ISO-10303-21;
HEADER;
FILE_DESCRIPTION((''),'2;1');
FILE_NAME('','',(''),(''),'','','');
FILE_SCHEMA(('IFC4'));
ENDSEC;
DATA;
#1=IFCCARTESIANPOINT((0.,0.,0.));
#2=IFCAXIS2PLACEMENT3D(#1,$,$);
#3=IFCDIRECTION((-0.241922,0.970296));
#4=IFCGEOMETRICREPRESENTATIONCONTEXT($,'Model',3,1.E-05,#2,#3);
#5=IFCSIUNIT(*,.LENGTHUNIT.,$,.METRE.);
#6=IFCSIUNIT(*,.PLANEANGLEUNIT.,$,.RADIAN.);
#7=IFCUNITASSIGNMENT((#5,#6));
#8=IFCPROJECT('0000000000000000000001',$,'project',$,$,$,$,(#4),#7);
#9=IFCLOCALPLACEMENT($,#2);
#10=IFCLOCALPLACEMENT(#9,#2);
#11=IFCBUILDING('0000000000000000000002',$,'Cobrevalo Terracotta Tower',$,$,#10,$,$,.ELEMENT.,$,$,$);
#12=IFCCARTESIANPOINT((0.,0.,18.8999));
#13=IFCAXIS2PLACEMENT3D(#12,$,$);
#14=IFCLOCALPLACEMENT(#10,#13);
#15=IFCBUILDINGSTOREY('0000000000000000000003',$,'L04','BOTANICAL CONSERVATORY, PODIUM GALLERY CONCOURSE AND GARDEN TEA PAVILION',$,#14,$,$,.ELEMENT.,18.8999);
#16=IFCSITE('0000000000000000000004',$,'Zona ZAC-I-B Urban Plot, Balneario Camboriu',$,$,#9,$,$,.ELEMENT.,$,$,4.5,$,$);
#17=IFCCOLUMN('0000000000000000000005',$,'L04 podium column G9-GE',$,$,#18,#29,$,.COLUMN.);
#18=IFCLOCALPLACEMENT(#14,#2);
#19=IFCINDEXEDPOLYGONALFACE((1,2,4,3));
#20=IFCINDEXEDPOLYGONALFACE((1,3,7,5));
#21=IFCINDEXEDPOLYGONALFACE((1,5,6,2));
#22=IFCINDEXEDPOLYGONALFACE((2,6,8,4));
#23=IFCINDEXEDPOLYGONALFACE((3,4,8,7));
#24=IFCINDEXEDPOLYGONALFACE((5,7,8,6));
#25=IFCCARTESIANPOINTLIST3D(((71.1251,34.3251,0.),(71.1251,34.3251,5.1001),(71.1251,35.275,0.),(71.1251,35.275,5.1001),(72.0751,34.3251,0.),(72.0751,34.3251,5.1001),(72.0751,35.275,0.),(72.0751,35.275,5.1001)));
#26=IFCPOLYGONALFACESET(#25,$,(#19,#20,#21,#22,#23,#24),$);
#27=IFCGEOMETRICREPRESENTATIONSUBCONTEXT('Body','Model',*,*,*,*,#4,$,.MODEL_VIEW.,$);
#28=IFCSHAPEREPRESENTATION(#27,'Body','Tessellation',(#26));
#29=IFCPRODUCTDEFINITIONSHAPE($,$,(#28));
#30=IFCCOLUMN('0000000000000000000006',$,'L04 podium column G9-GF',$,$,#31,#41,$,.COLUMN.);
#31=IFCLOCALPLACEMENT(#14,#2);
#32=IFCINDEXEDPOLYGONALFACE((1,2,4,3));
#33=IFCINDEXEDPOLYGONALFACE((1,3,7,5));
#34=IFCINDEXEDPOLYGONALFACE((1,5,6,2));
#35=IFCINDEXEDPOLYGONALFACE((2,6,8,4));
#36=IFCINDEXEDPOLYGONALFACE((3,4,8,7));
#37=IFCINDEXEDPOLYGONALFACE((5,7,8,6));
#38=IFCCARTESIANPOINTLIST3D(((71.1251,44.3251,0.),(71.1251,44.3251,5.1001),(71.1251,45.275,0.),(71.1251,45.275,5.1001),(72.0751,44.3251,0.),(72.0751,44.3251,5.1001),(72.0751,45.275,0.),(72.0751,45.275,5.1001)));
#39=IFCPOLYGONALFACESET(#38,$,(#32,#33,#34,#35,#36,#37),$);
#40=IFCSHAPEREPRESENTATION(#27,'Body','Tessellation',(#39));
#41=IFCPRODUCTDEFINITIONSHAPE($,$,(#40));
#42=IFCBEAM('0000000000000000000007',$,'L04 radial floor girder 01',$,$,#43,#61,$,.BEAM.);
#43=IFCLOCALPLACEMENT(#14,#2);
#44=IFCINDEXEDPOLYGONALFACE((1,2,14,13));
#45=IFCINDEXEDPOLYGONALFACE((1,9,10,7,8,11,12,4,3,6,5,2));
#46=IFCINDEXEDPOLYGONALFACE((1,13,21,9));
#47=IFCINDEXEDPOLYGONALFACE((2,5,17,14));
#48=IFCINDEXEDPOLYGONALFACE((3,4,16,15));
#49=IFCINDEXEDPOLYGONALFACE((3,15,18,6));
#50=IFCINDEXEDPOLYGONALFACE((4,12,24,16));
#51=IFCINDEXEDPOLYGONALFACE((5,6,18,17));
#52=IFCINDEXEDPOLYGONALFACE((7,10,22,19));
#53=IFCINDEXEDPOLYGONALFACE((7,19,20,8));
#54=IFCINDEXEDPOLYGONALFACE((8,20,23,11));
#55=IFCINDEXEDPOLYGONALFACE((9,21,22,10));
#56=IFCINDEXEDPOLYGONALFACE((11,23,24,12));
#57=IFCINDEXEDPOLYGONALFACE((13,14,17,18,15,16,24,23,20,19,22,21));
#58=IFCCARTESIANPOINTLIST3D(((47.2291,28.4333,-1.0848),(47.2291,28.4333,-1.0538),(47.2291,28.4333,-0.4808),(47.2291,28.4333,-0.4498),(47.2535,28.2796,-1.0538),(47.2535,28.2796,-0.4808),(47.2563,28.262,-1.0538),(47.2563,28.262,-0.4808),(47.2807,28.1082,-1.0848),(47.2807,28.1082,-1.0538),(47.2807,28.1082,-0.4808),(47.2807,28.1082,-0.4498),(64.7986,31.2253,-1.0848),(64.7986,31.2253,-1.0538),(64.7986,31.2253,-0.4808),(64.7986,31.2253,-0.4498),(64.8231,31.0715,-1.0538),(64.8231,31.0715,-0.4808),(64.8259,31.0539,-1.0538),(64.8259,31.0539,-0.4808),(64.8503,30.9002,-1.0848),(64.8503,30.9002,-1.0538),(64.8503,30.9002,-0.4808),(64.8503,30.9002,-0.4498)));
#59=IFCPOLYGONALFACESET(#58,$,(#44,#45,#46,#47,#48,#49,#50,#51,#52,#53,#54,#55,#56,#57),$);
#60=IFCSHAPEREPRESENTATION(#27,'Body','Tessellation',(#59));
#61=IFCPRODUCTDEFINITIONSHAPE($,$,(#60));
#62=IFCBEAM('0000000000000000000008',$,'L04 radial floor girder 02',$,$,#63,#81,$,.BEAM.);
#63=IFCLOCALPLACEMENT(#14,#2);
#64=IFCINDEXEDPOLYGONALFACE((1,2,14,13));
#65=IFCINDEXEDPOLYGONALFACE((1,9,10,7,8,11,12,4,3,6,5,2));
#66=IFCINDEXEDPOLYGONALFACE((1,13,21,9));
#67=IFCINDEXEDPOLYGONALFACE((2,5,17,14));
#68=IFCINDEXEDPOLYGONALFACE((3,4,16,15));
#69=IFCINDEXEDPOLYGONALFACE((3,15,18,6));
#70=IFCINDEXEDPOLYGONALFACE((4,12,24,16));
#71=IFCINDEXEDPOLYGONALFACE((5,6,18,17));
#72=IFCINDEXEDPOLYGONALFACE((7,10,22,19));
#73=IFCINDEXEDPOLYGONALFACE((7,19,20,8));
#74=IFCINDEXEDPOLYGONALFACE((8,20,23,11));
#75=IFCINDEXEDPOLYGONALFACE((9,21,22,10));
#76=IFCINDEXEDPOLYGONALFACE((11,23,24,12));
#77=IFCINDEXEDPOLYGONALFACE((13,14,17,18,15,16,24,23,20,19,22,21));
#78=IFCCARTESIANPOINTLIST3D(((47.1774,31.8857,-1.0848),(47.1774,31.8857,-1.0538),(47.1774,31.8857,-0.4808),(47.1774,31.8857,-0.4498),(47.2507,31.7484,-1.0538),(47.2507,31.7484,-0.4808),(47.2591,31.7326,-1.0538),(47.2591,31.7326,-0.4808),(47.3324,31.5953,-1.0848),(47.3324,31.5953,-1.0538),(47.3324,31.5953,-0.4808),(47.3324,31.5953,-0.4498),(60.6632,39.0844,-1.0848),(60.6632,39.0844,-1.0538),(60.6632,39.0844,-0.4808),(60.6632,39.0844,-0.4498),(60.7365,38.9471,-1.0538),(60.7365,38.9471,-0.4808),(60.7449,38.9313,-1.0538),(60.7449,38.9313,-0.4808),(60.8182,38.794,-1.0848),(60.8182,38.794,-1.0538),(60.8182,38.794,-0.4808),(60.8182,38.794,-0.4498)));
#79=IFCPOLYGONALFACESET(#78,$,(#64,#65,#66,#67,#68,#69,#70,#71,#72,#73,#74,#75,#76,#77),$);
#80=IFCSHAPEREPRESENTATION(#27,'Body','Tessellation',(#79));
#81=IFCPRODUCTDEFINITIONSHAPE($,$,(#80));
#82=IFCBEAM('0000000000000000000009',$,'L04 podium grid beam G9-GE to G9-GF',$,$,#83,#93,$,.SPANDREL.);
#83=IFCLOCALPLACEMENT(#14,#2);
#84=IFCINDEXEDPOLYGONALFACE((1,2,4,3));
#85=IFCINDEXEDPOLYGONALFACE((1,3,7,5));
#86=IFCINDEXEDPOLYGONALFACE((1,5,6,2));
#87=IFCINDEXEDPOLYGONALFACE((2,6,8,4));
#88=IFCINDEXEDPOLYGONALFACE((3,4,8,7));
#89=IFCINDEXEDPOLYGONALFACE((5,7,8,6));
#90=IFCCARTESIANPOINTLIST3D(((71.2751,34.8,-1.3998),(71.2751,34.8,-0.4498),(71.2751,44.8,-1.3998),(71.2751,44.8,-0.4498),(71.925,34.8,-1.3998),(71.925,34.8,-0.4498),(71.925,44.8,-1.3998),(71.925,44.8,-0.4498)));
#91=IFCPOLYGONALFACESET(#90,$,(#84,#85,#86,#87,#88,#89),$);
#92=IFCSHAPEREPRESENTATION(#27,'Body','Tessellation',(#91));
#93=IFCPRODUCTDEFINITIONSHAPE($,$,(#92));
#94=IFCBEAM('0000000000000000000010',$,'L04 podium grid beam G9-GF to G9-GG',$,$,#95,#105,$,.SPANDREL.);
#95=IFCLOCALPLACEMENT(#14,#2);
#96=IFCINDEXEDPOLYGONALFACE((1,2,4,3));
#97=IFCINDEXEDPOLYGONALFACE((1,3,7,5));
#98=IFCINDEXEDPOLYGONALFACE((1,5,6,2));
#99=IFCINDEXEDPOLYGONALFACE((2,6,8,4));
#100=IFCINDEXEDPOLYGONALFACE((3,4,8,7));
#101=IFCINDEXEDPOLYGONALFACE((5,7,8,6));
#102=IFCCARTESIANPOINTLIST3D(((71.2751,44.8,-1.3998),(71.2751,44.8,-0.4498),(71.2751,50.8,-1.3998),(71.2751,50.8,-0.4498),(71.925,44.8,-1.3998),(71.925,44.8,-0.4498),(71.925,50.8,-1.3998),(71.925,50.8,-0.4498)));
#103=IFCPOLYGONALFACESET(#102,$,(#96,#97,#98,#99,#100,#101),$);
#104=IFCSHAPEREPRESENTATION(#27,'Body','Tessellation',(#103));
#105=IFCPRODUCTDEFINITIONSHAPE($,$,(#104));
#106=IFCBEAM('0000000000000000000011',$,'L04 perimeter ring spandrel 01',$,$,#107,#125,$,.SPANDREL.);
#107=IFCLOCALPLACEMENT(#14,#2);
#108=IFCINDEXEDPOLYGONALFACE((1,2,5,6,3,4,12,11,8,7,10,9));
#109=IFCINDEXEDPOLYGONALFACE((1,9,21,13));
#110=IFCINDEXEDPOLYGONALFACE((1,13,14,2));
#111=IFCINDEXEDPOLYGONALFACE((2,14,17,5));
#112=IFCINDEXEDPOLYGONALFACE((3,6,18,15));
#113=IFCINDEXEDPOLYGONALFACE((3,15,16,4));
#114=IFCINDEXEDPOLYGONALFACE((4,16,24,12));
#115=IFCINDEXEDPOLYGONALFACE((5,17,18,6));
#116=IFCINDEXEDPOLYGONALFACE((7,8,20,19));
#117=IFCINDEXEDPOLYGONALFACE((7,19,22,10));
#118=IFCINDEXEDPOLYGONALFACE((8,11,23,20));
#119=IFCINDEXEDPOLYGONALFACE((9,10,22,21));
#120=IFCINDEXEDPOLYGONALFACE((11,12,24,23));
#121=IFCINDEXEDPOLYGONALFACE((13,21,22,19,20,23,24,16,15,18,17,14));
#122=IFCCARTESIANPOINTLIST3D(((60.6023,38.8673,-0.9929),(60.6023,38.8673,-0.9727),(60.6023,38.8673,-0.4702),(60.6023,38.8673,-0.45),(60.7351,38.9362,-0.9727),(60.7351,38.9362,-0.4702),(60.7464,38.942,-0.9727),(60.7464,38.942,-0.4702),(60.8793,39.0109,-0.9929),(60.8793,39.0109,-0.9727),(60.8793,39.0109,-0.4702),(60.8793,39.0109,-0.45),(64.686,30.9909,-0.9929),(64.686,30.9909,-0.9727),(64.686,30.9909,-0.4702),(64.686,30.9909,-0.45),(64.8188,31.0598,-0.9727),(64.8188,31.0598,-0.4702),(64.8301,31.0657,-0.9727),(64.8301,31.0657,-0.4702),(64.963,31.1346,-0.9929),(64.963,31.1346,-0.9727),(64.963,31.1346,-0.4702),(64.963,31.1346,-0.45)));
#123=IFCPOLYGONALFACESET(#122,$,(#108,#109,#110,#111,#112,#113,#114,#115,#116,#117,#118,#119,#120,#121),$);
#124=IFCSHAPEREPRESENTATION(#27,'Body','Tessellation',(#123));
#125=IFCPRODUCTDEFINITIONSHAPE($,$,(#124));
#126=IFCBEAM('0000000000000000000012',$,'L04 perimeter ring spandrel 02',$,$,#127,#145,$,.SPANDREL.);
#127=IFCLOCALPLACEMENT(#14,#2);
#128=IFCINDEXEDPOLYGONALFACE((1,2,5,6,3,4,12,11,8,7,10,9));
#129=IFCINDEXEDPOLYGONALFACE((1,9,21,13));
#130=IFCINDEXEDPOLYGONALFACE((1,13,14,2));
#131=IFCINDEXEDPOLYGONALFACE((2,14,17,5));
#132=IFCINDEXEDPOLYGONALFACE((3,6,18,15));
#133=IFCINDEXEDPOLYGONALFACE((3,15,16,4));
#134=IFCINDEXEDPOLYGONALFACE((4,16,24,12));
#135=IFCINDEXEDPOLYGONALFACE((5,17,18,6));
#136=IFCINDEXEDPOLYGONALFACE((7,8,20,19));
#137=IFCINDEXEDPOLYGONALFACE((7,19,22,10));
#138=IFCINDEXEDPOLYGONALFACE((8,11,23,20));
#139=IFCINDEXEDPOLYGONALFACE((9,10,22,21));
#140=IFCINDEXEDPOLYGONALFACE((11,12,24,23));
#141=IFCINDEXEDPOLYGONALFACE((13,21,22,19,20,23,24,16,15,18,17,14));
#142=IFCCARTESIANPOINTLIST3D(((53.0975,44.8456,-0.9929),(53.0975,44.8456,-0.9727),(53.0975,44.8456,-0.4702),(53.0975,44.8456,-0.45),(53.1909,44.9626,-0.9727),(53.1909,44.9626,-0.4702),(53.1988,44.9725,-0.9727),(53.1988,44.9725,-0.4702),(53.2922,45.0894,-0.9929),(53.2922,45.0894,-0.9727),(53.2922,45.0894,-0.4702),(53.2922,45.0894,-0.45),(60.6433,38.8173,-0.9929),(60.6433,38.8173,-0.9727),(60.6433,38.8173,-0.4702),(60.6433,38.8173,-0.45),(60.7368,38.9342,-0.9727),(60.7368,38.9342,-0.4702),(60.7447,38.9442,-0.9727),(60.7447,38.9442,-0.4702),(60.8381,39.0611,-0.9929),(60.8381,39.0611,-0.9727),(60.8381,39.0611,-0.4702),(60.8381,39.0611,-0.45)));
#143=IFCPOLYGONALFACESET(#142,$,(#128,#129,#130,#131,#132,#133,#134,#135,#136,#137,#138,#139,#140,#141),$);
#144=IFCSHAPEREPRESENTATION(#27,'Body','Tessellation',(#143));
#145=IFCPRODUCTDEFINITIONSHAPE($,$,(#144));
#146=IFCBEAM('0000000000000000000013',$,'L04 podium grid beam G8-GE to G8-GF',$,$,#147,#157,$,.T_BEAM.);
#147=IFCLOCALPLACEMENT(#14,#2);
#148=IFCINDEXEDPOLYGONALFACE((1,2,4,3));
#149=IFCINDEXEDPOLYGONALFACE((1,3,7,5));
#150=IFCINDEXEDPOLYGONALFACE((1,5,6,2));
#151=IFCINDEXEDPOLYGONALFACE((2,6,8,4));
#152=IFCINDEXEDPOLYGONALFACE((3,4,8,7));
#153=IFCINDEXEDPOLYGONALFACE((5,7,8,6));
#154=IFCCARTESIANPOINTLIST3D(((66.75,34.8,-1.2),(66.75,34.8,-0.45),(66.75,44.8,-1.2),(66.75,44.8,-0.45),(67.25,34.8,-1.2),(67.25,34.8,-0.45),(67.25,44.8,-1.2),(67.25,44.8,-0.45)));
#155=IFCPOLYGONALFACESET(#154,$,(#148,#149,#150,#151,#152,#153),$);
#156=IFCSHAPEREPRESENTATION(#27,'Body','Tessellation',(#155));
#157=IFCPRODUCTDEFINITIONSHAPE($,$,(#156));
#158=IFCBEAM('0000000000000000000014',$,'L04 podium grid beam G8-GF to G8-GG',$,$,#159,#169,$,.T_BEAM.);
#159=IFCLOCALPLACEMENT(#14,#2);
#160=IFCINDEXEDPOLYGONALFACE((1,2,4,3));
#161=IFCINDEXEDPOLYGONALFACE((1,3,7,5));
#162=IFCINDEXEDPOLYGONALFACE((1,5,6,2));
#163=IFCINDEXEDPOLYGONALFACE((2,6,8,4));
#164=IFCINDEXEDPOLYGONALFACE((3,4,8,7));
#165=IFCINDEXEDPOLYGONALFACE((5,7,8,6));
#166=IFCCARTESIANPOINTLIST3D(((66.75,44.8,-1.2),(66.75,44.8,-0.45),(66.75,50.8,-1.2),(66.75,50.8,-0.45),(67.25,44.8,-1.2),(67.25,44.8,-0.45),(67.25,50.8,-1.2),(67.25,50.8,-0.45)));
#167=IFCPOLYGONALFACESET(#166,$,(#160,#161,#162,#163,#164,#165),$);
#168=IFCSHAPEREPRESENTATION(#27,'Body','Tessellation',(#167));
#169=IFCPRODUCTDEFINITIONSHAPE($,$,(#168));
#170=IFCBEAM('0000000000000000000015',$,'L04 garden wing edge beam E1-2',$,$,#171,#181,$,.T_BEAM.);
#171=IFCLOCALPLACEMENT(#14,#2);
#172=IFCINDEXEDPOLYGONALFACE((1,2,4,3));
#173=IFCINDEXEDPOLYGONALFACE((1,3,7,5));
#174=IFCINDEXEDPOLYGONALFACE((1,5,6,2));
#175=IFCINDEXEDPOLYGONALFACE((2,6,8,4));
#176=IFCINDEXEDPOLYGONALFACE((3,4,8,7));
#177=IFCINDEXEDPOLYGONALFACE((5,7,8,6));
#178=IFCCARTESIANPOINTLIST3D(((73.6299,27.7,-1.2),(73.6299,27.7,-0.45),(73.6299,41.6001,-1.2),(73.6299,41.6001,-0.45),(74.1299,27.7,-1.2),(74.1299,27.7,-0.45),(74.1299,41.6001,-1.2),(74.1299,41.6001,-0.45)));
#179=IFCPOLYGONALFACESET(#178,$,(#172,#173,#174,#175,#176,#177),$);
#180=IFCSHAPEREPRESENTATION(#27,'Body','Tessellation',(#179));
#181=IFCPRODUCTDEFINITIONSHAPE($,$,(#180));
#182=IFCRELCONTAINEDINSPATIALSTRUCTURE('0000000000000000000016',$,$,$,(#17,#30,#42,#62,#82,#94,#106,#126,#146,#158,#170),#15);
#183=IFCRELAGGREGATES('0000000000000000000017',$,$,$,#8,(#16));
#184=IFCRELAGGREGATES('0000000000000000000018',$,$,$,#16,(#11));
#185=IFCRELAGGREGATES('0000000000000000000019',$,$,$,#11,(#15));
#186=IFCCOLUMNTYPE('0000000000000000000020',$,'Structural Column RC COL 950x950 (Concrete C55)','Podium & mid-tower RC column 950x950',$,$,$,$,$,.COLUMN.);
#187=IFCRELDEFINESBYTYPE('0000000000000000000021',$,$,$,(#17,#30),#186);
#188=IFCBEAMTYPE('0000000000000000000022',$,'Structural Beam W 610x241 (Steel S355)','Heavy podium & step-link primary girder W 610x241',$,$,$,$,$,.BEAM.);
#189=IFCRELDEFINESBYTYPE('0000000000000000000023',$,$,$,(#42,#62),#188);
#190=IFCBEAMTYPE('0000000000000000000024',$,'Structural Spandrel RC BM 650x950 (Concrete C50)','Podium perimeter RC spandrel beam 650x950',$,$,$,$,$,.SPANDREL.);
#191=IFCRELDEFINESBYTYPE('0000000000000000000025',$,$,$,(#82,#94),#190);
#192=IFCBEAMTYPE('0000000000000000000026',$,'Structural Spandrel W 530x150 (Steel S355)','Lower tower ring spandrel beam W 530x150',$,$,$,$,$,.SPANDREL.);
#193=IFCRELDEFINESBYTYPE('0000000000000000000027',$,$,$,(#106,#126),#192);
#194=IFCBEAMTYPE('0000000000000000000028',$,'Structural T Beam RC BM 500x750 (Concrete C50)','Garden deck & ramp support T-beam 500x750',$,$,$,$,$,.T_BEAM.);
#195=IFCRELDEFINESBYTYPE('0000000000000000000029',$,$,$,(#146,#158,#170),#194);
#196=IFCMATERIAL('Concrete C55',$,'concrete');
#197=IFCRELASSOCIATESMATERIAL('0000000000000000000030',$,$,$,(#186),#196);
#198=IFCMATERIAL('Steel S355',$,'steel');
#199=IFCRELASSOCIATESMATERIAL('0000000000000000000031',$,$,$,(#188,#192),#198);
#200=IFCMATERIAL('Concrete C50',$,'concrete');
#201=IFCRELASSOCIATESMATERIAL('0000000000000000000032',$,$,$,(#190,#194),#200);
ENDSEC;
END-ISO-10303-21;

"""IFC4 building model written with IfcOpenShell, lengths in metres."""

from ifc_helpers import new_model, si_unit, direction, frame, origin, origin_2d, place, context, subcontext, project, spatial, rectangle, i_section, extrude, material, material_profile, profile_set, type_object, element, save


model = new_model("IFC4")

# Units and contexts
model_context = context("Model", 3, precision=1e-05, world=origin(), true_north=direction((-0.241922, 0.970296)))
body_context = subcontext(model_context, "Body", "Model", "MODEL_VIEW")
ifc_project = project(units=[si_unit("LENGTHUNIT", "METRE"), si_unit("PLANEANGLEUNIT", "RADIAN")], contexts=[model_context])

# Site, building, storey
site_placement = place(None, origin())
site = spatial("IfcSite", under=ifc_project, at=site_placement, Name="Zona ZAC-I-B Urban Plot, Balneario Camboriu", CompositionType="ELEMENT", RefElevation=4.5)
building_placement = place(site_placement, origin())
building = spatial("IfcBuilding", under=site, at=building_placement, Name="Cobrevalo Terracotta Tower", CompositionType="ELEMENT")
storey_placement = place(building_placement, frame((0.0, 0.0, 18.8999)))
storey = spatial("IfcBuildingStorey", under=building, at=storey_placement, Name="L04", Description="BOTANICAL CONSERVATORY, PODIUM GALLERY CONCOURSE AND GARDEN TEA PAVILION", CompositionType="ELEMENT", Elevation=18.8999)

# Columns
ifc_material_1 = material(Name="Steel S355", Category="steel")
ifc_material_2 = material(Name="Concrete C50", Category="concrete")
ifc_material_3 = material(Name="Concrete C55", Category="concrete")
ifc_material_profile_1 = material_profile(ifc_material_3, rectangle(XDim=0.95, YDim=0.95, at=origin_2d()), Name="RC COL 950x950")
ifc_profile_set_1 = profile_set([ifc_material_profile_1], Name="Concrete C55")
column_type_1 = type_object("IfcColumnType", Name="Structural Column RC COL 950x950 (Concrete C55)", Description="Podium & mid-tower RC column 950x950", PredefinedType="COLUMN", material=ifc_profile_set_1)
for number, where, z_axis, x_axis, name in (
    (1, (71.6001, 34.8, 0.0), (0.0, 0.0, 1.0), (1.0, 0.0, 0.0), "L04 podium column G9-GE"),
    (2, (71.6001, 44.8, 0.0), (0.0, 0.0, 1.0), (1.0, 0.0, 0.0), "L04 podium column G9-GF"),
):
    element("IfcColumn", number, at=place(storey_placement, frame(where, z_axis=z_axis, x_axis=x_axis)), inside=storey, type_object=column_type_1, Name=name, PredefinedType="COLUMN", context=body_context, shape_type="SweptSolid", body=[
        extrude(rectangle(XDim=0.95, YDim=0.95, at=origin_2d()), origin(), (0.0, 0.0, 1.0), 5.1001),
    ])

# Beams
ifc_material_profile_2 = material_profile(ifc_material_1, i_section(OverallWidth=0.3291, OverallDepth=0.635, WebThickness=0.0178, FlangeThickness=0.031, at=origin_2d()), Name="W 610x241")
ifc_profile_set_2 = profile_set([ifc_material_profile_2], Name="Steel S355")
beam_type_1 = type_object("IfcBeamType", Name="Structural Beam W 610x241 (Steel S355)", Description="Heavy podium & step-link primary girder W 610x241", PredefinedType="BEAM", material=ifc_profile_set_2)
beam_1_placement = place(storey_placement, frame((64.8245, 31.0627, -0.7673), z_axis=(-0.987608, -0.156941, 0.0), x_axis=(0.156941, -0.987608, 0.0)))
element("IfcBeam", 3, at=beam_1_placement, inside=storey, type_object=beam_type_1, Name="L04 radial floor girder 01", PredefinedType="BEAM", context=body_context, shape_type="SweptSolid", body=[
    extrude(i_section(OverallWidth=0.3291, OverallDepth=0.635, WebThickness=0.0178, FlangeThickness=0.031, at=origin_2d()), origin(), (0.0, 0.0, 1.0), 17.79),
])
beam_2_placement = place(storey_placement, frame((60.7407, 38.9392, -0.7673), z_axis=(-0.882182, -0.470908, 0.0), x_axis=(0.470908, -0.882182, 0.0)))
element("IfcBeam", 4, at=beam_2_placement, inside=storey, type_object=beam_type_1, Name="L04 radial floor girder 02", PredefinedType="BEAM", context=body_context, shape_type="SweptSolid", body=[
    extrude(i_section(OverallWidth=0.3291, OverallDepth=0.635, WebThickness=0.0178, FlangeThickness=0.031, at=origin_2d()), origin(), (0.0, 0.0, 1.0), 15.2869),
])
ifc_material_profile_3 = material_profile(ifc_material_2, rectangle(XDim=0.6499, YDim=0.95, at=origin_2d()), Name="RC BM 650x950")
ifc_profile_set_3 = profile_set([ifc_material_profile_3], Name="Concrete C50")
beam_type_2 = type_object("IfcBeamType", Name="Structural Spandrel RC BM 650x950 (Concrete C50)", Description="Podium perimeter RC spandrel beam 650x950", PredefinedType="SPANDREL", material=ifc_profile_set_3)
beam_3_placement = place(storey_placement, frame((71.6001, 34.8, -0.9248), z_axis=(0.0, 1.0, 0.0), x_axis=(-1.0, 0.0, 0.0)))
element("IfcBeam", 5, at=beam_3_placement, inside=storey, type_object=beam_type_2, Name="L04 podium grid beam G9-GE to G9-GF", PredefinedType="SPANDREL", context=body_context, shape_type="SweptSolid", body=[
    extrude(rectangle(XDim=0.6499, YDim=0.95, at=origin_2d()), origin(), (0.0, 0.0, 1.0), 10.0),
])
beam_4_placement = place(storey_placement, frame((71.6001, 44.8, -0.9248), z_axis=(0.0, 1.0, 0.0), x_axis=(-1.0, 0.0, 0.0)))
element("IfcBeam", 6, at=beam_4_placement, inside=storey, type_object=beam_type_2, Name="L04 podium grid beam G9-GF to G9-GG", PredefinedType="SPANDREL", context=body_context, shape_type="SweptSolid", body=[
    extrude(rectangle(XDim=0.6499, YDim=0.95, at=origin_2d()), origin(), (0.0, 0.0, 1.0), 6.0),
])
ifc_material_profile_4 = material_profile(ifc_material_1, i_section(OverallWidth=0.312, OverallDepth=0.543, WebThickness=0.0127, FlangeThickness=0.0203, at=origin_2d()), Name="W 530x150")
ifc_profile_set_4 = profile_set([ifc_material_profile_4], Name="Steel S355")
beam_type_3 = type_object("IfcBeamType", Name="Structural Spandrel W 530x150 (Steel S355)", Description="Lower tower ring spandrel beam W 530x150", PredefinedType="SPANDREL", material=ifc_profile_set_4)
beam_5_placement = place(storey_placement, frame((64.8245, 31.0627, -0.7214), z_axis=(-0.460286, 0.887771, 0.0), x_axis=(-0.887771, -0.460286, 0.0)))
element("IfcBeam", 7, at=beam_5_placement, inside=storey, type_object=beam_type_3, Name="L04 perimeter ring spandrel 01", PredefinedType="SPANDREL", context=body_context, shape_type="SweptSolid", body=[
    extrude(i_section(OverallWidth=0.312, OverallDepth=0.543, WebThickness=0.0127, FlangeThickness=0.0203, at=origin_2d()), origin(), (0.0, 0.0, 1.0), 8.8721),
])
beam_6_placement = place(storey_placement, frame((60.7407, 38.9392, -0.7214), z_axis=(-0.781293, 0.624165, 0.0), x_axis=(-0.624165, -0.781293, 0.0)))
element("IfcBeam", 8, at=beam_6_placement, inside=storey, type_object=beam_type_3, Name="L04 perimeter ring spandrel 02", PredefinedType="SPANDREL", context=body_context, shape_type="SweptSolid", body=[
    extrude(i_section(OverallWidth=0.312, OverallDepth=0.543, WebThickness=0.0127, FlangeThickness=0.0203, at=origin_2d()), origin(), (0.0, 0.0, 1.0), 9.6582),
])
ifc_material_profile_5 = material_profile(ifc_material_2, rectangle(XDim=0.5, YDim=0.75, at=origin_2d()), Name="RC BM 500x750")
ifc_profile_set_5 = profile_set([ifc_material_profile_5], Name="Concrete C50")
beam_type_4 = type_object("IfcBeamType", Name="Structural T Beam RC BM 500x750 (Concrete C50)", Description="Garden deck & ramp support T-beam 500x750", PredefinedType="T_BEAM", material=ifc_profile_set_5)
beam_7_placement = place(storey_placement, frame((67.0, 34.8, -0.825), z_axis=(0.0, 1.0, 0.0), x_axis=(-1.0, 0.0, 0.0)))
element("IfcBeam", 9, at=beam_7_placement, inside=storey, type_object=beam_type_4, Name="L04 podium grid beam G8-GE to G8-GF", PredefinedType="T_BEAM", context=body_context, shape_type="SweptSolid", body=[
    extrude(rectangle(XDim=0.5, YDim=0.75, at=origin_2d()), origin(), (0.0, 0.0, 1.0), 10.0),
])
beam_8_placement = place(storey_placement, frame((67.0, 44.8, -0.825), z_axis=(0.0, 1.0, 0.0), x_axis=(-1.0, 0.0, 0.0)))
element("IfcBeam", 10, at=beam_8_placement, inside=storey, type_object=beam_type_4, Name="L04 podium grid beam G8-GF to G8-GG", PredefinedType="T_BEAM", context=body_context, shape_type="SweptSolid", body=[
    extrude(rectangle(XDim=0.5, YDim=0.75, at=origin_2d()), origin(), (0.0, 0.0, 1.0), 6.0),
])
for number, where, z_axis, x_axis, name in (
    (11, (73.8799, 27.7, -0.825), (0.0, 1.0, 0.0), (-1.0, 0.0, 0.0), "L04 garden wing edge beam E1-2"),
):
    element("IfcBeam", number, at=place(storey_placement, frame(where, z_axis=z_axis, x_axis=x_axis)), inside=storey, type_object=beam_type_4, Name=name, PredefinedType="T_BEAM", context=body_context, shape_type="SweptSolid", body=[
        extrude(rectangle(XDim=0.5, YDim=0.75, at=origin_2d()), origin(), (0.0, 0.0, 1.0), 13.9001),
    ])

save(model, "model.ifc")
